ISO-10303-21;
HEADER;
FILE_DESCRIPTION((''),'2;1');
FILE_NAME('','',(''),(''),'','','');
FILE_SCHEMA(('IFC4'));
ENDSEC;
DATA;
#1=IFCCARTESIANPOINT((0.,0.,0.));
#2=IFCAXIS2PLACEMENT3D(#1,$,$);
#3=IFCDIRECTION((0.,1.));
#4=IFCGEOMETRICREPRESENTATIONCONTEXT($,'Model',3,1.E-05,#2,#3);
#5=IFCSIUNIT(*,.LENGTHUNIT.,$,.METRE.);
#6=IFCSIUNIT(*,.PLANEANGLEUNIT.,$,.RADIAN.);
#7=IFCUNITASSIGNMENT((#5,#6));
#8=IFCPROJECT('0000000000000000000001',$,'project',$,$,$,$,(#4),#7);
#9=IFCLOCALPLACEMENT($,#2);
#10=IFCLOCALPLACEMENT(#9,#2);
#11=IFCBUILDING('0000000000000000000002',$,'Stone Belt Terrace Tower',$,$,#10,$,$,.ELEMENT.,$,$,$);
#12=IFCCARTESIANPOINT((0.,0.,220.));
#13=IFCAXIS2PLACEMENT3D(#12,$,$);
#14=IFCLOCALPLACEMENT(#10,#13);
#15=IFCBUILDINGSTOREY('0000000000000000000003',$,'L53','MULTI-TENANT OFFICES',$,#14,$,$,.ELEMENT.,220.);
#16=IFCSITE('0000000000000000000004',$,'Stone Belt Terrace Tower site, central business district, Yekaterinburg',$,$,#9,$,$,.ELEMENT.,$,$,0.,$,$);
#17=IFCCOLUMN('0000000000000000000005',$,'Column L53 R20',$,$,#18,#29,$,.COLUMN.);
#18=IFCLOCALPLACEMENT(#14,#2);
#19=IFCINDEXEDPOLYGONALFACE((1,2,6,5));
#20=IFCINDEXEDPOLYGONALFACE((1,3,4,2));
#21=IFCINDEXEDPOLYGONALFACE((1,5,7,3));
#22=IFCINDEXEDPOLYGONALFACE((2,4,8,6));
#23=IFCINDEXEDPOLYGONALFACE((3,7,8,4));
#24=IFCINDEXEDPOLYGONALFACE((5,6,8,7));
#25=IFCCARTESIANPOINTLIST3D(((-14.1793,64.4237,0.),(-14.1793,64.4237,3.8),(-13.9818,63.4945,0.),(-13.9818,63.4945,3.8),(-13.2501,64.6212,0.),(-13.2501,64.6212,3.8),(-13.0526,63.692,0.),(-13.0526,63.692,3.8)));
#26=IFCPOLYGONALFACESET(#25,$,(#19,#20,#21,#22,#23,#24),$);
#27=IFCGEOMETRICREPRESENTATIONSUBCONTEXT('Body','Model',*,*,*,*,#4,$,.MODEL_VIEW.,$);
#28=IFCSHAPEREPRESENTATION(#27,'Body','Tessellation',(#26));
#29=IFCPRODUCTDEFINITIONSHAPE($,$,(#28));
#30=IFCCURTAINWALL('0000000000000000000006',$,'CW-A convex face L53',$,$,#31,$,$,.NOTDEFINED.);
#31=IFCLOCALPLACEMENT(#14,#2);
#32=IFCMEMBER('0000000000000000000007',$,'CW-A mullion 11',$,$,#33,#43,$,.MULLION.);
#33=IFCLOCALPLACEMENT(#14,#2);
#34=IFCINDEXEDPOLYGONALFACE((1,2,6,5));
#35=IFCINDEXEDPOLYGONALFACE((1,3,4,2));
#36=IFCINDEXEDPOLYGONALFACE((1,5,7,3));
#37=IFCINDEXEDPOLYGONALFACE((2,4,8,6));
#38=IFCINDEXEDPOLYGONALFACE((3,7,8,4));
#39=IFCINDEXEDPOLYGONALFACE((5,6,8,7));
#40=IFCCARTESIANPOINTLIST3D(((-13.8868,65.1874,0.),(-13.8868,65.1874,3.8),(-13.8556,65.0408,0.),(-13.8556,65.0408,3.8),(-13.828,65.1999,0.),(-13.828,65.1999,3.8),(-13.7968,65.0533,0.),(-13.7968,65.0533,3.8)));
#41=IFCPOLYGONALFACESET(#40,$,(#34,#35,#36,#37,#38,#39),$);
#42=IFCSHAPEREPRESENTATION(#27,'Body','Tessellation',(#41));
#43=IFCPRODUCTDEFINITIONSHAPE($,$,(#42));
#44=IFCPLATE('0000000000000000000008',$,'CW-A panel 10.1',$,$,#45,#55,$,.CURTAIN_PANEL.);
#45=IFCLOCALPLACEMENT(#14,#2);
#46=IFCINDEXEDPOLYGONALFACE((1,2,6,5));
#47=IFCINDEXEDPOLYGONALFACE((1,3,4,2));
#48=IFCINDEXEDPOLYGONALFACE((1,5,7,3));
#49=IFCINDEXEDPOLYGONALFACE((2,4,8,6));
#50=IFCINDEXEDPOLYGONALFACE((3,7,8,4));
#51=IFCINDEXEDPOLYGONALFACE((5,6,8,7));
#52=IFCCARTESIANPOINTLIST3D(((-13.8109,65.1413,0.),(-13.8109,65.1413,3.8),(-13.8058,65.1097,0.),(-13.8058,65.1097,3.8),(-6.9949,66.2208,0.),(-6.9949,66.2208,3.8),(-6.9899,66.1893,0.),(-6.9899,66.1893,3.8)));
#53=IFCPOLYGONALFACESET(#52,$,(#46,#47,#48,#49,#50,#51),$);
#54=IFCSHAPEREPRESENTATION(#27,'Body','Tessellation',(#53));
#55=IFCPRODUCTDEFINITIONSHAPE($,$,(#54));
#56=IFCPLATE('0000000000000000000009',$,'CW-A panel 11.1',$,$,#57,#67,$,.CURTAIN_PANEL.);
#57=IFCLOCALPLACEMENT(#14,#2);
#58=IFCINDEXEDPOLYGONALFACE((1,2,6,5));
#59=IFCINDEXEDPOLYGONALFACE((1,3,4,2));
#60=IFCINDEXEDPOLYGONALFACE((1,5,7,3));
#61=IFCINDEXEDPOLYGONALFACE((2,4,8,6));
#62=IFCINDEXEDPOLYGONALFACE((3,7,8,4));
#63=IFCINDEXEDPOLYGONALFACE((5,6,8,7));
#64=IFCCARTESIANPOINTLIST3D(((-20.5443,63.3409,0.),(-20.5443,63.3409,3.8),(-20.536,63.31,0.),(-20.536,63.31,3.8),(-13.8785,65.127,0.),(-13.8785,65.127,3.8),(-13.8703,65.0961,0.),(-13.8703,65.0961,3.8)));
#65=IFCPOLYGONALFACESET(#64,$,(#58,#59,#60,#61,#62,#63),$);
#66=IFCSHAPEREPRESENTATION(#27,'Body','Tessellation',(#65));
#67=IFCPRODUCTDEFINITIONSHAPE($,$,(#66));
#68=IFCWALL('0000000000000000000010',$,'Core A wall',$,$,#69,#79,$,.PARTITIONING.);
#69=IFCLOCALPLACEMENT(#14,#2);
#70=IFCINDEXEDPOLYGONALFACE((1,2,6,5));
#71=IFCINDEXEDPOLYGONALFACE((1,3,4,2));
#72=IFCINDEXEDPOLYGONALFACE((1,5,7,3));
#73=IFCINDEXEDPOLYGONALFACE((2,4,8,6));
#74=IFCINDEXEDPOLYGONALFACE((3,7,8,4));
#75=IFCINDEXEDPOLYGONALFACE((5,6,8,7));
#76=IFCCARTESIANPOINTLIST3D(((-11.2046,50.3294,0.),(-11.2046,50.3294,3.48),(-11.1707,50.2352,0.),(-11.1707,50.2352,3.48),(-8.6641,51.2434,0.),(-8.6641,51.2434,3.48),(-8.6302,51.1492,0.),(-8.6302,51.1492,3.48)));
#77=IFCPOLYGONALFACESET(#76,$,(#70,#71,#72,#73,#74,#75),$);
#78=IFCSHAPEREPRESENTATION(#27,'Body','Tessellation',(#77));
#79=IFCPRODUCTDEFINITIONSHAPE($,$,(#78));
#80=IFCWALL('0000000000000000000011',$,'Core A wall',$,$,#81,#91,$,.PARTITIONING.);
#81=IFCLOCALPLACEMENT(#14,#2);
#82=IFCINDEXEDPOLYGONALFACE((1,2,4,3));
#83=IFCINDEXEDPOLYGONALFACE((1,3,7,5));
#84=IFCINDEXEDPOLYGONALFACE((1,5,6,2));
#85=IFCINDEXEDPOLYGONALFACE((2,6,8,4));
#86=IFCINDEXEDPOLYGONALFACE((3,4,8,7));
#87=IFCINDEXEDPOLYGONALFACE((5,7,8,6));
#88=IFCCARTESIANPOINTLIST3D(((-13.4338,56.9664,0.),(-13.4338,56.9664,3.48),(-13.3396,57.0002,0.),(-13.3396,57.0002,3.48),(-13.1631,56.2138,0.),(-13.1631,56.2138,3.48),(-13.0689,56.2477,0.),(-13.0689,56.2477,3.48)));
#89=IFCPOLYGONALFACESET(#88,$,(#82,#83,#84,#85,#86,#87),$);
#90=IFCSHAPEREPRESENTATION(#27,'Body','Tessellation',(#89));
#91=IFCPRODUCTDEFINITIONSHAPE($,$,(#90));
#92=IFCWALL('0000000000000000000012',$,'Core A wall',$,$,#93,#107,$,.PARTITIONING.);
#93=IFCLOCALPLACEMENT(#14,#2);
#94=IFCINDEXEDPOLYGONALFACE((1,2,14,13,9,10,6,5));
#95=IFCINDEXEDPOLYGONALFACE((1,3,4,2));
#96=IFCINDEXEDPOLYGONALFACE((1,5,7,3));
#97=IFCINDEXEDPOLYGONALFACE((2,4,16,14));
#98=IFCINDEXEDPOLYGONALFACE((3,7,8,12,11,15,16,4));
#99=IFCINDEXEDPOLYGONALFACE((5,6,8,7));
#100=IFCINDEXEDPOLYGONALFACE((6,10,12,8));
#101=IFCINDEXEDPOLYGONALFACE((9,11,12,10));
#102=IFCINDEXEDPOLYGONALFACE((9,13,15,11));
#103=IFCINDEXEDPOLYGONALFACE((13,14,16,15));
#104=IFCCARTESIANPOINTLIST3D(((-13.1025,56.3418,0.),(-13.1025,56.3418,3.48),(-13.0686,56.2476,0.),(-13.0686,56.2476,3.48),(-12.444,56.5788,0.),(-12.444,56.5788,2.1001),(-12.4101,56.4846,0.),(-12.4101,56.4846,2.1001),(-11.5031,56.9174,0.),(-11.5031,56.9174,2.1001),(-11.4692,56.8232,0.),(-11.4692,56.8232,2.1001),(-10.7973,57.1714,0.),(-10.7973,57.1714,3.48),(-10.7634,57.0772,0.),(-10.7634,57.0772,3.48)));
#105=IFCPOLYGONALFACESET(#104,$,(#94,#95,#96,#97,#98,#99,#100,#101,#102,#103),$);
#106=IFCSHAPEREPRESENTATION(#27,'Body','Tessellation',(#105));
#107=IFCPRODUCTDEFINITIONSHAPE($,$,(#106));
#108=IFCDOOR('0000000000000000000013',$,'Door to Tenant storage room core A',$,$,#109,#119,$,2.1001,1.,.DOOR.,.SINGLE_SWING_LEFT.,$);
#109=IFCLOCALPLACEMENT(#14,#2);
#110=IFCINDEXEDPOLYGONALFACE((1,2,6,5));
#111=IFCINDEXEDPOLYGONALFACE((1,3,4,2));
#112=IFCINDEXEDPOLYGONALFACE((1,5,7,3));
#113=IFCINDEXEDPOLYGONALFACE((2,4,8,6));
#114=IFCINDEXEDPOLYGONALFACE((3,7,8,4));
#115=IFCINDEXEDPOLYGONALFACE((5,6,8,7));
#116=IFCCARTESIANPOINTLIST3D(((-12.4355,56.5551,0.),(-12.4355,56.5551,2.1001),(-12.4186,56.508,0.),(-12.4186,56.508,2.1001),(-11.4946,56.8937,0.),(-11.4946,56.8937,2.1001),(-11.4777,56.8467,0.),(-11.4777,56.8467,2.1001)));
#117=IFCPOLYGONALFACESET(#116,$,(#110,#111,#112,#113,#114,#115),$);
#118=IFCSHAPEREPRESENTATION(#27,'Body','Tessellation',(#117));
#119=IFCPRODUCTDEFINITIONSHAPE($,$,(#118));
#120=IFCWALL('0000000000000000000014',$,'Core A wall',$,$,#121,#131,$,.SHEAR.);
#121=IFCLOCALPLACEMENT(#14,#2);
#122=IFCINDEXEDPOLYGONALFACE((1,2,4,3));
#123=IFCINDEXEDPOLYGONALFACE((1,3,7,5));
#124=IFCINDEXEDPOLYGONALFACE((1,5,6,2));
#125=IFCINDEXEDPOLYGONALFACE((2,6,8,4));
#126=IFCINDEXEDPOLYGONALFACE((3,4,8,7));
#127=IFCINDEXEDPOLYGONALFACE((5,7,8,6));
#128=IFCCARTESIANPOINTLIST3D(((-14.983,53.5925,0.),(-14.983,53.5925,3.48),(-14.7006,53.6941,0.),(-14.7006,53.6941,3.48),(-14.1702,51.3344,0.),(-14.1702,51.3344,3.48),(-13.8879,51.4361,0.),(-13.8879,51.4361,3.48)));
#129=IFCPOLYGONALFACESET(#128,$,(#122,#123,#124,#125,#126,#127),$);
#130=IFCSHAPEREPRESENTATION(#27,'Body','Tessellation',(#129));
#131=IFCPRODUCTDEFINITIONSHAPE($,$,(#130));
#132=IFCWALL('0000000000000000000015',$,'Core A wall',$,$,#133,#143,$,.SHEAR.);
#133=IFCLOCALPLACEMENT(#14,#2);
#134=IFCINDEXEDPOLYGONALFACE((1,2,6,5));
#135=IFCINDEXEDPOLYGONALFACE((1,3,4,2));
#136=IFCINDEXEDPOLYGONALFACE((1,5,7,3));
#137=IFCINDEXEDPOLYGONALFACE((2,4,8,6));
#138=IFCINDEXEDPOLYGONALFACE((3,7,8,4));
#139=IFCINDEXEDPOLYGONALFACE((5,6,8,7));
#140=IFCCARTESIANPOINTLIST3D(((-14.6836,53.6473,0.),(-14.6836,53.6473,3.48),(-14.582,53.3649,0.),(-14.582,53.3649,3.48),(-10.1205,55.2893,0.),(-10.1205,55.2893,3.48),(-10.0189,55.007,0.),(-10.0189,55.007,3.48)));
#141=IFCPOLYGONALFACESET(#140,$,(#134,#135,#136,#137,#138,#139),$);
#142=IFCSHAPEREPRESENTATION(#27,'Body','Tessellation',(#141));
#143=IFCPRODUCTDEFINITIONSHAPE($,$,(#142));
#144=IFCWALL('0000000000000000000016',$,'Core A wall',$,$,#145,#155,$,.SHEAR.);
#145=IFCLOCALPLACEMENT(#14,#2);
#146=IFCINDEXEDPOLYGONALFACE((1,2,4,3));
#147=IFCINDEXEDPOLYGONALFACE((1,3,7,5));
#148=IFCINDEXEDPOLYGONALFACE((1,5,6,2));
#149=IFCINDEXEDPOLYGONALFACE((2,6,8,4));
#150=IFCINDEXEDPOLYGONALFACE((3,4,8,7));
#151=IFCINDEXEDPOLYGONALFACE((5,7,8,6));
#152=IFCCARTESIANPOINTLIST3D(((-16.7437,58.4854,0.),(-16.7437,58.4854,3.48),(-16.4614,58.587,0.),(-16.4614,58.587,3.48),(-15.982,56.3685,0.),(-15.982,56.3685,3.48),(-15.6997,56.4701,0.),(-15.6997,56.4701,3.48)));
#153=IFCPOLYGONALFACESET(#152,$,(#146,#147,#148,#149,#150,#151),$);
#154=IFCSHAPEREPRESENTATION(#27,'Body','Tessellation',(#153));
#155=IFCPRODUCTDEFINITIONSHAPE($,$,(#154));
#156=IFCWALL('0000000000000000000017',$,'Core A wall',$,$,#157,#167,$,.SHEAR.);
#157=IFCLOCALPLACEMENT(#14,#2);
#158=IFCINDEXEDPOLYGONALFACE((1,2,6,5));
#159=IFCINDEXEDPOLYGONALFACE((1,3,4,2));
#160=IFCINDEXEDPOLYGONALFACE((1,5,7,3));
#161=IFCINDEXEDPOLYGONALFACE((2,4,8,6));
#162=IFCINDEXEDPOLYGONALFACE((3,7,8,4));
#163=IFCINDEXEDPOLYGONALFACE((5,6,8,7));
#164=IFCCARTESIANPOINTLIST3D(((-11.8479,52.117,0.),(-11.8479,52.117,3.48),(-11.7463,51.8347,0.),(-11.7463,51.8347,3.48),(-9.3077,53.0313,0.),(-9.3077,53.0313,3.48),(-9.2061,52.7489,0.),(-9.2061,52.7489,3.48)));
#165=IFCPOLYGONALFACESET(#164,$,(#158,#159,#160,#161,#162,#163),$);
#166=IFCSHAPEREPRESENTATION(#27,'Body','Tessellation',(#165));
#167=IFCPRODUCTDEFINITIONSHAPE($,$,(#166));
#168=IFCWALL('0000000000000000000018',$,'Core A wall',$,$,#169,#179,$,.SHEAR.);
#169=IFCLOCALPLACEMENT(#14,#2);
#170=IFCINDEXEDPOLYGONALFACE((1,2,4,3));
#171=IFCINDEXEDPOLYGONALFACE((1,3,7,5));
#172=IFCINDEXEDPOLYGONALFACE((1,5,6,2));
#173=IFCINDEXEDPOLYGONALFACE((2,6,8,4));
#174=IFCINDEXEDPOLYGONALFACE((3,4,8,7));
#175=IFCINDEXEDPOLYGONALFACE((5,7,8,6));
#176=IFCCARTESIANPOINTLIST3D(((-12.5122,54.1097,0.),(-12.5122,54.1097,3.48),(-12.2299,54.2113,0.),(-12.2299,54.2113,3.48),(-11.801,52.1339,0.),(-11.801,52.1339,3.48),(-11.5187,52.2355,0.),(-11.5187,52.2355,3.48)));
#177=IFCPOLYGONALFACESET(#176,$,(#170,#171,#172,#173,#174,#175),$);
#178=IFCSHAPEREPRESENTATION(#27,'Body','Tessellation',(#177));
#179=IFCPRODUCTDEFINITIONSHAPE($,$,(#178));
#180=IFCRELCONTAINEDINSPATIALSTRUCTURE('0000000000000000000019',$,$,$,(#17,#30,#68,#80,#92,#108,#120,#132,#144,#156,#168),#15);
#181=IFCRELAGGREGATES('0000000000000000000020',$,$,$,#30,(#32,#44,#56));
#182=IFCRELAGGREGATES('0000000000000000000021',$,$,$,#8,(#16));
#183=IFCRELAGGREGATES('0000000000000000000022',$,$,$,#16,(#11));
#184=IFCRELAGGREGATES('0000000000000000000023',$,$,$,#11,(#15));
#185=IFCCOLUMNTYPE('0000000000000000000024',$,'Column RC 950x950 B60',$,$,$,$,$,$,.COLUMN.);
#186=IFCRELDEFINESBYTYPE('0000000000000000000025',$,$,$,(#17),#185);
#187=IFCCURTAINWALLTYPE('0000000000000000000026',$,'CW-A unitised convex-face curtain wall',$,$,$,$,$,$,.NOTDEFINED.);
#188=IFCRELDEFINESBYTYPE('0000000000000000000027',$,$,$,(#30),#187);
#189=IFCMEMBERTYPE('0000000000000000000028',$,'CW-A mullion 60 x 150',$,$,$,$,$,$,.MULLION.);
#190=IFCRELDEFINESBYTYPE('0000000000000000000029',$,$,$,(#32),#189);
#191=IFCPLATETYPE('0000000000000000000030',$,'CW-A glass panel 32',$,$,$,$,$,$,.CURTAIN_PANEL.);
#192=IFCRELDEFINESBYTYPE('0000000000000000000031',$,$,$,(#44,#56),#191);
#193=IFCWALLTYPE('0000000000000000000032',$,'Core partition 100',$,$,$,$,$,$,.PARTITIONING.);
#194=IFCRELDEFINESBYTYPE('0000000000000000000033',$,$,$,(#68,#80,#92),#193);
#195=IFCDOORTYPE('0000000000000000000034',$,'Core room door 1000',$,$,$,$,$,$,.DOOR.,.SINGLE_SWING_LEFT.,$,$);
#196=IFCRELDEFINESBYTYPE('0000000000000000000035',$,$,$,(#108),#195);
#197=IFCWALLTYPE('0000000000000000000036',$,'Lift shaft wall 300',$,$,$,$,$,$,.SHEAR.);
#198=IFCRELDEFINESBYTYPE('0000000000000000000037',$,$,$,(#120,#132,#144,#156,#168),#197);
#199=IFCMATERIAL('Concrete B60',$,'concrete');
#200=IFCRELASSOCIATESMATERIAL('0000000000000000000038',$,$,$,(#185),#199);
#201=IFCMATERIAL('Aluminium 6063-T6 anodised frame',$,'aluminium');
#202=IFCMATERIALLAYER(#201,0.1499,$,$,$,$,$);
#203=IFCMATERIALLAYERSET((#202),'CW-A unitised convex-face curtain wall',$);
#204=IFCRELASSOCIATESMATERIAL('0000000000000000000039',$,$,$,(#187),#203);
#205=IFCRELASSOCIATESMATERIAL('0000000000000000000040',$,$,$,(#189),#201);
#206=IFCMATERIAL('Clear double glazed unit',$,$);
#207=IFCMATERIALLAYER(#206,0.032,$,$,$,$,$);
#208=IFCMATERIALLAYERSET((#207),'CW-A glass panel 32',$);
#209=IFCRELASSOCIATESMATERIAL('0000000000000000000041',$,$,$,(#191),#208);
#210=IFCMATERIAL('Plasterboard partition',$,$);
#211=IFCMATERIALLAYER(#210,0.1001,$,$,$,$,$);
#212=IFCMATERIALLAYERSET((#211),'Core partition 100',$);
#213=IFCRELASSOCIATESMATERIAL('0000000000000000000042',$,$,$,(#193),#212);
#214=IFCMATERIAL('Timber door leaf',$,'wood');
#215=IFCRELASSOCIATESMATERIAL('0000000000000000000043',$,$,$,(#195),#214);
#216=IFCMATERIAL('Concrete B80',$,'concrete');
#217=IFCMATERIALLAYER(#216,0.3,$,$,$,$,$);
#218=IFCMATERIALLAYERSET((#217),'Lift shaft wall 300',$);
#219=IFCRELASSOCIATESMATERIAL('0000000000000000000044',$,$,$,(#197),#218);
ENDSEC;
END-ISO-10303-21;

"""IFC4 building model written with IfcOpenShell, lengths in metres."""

from ifc_helpers import new_model, si_unit, direction, frame, frame_2d, origin, origin_2d, place, context, subcontext, project, spatial, rectangle, extrude, material, layer, layer_set, material_profile, profile_set, type_object, element, fill, aggregate, save


model = new_model("IFC4")

# Units and contexts
model_context = context("Model", 3, precision=1e-05, world=origin(), true_north=direction((0.0, 1.0)))
body_context = subcontext(model_context, "Body", "Model", "MODEL_VIEW")
ifc_project = project(units=[si_unit("LENGTHUNIT", "METRE"), si_unit("PLANEANGLEUNIT", "RADIAN")], contexts=[model_context])

# Site, building, storey
site_placement = place(None, origin())
site = spatial("IfcSite", under=ifc_project, at=site_placement, Name="Stone Belt Terrace Tower site, central business district, Yekaterinburg", CompositionType="ELEMENT", RefElevation=0.0)
building_placement = place(site_placement, origin())
building = spatial("IfcBuilding", under=site, at=building_placement, Name="Stone Belt Terrace Tower", CompositionType="ELEMENT")
storey_placement = place(building_placement, frame((0.0, 0.0, 220.0)))
storey = spatial("IfcBuildingStorey", under=building, at=storey_placement, Name="L53", Description="MULTI-TENANT OFFICES", CompositionType="ELEMENT", Elevation=220.0)

# Column
ifc_material_1 = material(Name="Concrete B60", Category="concrete")
ifc_material_profile_1 = material_profile(ifc_material_1, rectangle(XDim=0.95, YDim=0.95, at=origin_2d()), Name="RC 950x950")
ifc_profile_set_1 = profile_set([ifc_material_profile_1], Name="Concrete B60")
column_type = type_object("IfcColumnType", Name="Column RC 950x950 B60", PredefinedType="COLUMN", material=ifc_profile_set_1)
column_placement = place(storey_placement, frame((-13.616, 64.0579, 0.0), z_axis=(0.0, 0.0, 1.0), x_axis=(0.978148, 0.207912, 0.0)))
element("IfcColumn", 1, at=column_placement, inside=storey, type_object=column_type, Name="Column L53 R20", PredefinedType="COLUMN", context=body_context, shape_type="SweptSolid", body=[
    extrude(rectangle(XDim=0.95, YDim=0.95, at=origin_2d()), origin(), (0.0, 0.0, 1.0), 3.8),
])

# Curtain wall, member, plates
ifc_material_2 = material(Name="Aluminium 6063-T6 anodised frame", Category="aluminium")
ifc_layer_1 = layer(ifc_material_2, 0.1499)
ifc_layer_set_1 = layer_set([ifc_layer_1], Name="CW-A unitised convex-face curtain wall")
curtain_wall_type = type_object("IfcCurtainWallType", Name="CW-A unitised convex-face curtain wall", PredefinedType="NOTDEFINED", material=ifc_layer_set_1)
curtain_wall_placement = place(storey_placement, origin())
curtain_wall = element("IfcCurtainWall", 2, at=curtain_wall_placement, inside=storey, type_object=curtain_wall_type, Name="CW-A convex face L53", PredefinedType="NOTDEFINED")
ifc_material_profile_2 = material_profile(ifc_material_2, rectangle(XDim=0.1499, YDim=0.0601, at=origin_2d()), Name="Aluminium 6063-T6 60x150")
ifc_profile_set_2 = profile_set([ifc_material_profile_2], Name="Aluminium 6063-T6 anodised frame")
member_type = type_object("IfcMemberType", Name="CW-A mullion 60 x 150", PredefinedType="MULLION", material=ifc_profile_set_2)
member_placement = place(storey_placement, frame((-13.8418, 65.1204, 0.0), z_axis=(0.0, 0.0, 1.0), x_axis=(0.207912, -0.978148, 0.0)))
member = element("IfcMember", 3, at=member_placement, type_object=member_type, Name="CW-A mullion 11", PredefinedType="MULLION", context=body_context, shape_type="SweptSolid", body=[
    extrude(rectangle(XDim=0.1499, YDim=0.0601, at=origin_2d()), origin(), (0.0, 0.0, 1.0), 3.8),
])
ifc_material_3 = material(Name="Clear double glazed unit")
ifc_layer_2 = layer(ifc_material_3, 0.032)
ifc_layer_set_2 = layer_set([ifc_layer_2], Name="CW-A glass panel 32")
plate_type = type_object("IfcPlateType", Name="CW-A glass panel 32", PredefinedType="CURTAIN_PANEL", material=ifc_layer_set_2)
plate_1_placement = place(storey_placement, frame((-10.4004, 65.6653, 0.0), z_axis=(0.0, 0.0, 1.0), x_axis=(-0.987688, -0.156434, 0.0)))
plate_1 = element("IfcPlate", 4, at=plate_1_placement, type_object=plate_type, Name="CW-A panel 10.1", PredefinedType="CURTAIN_PANEL", context=body_context, shape_type="SweptSolid", body=[
    extrude(rectangle(XDim=6.9009, YDim=0.032, at=origin_2d()), origin(), (0.0, 0.0, 1.0), 3.8),
])
plate_2_placement = place(storey_placement, frame((-17.2073, 64.2185, 0.0), z_axis=(0.0, 0.0, 1.0), x_axis=(-0.965926, -0.258819, 0.0)))
plate_2 = element("IfcPlate", 5, at=plate_2_placement, type_object=plate_type, Name="CW-A panel 11.1", PredefinedType="CURTAIN_PANEL", context=body_context, shape_type="SweptSolid", body=[
    extrude(rectangle(XDim=6.9009, YDim=0.032, at=origin_2d()), origin(), (0.0, 0.0, 1.0), 3.8),
])
aggregate(curtain_wall, [member, plate_1, plate_2])

# Walls
ifc_material_4 = material(Name="Plasterboard partition")
ifc_layer_3 = layer(ifc_material_4, 0.1001)
ifc_layer_set_3 = layer_set([ifc_layer_3], Name="Core partition 100")
wall_type_1 = type_object("IfcWallType", Name="Core partition 100", PredefinedType="PARTITIONING", material=ifc_layer_set_3)
wall_1_placement = place(storey_placement, frame((-11.1877, 50.2822, 0.0), z_axis=(0.0, 0.0, 1.0), x_axis=(0.94095, 0.338547, 0.0)))
element("IfcWall", 6, at=wall_1_placement, inside=storey, type_object=wall_type_1, Name="Core A wall", PredefinedType="PARTITIONING", context=body_context, shape_type="SweptSolid", body=[
    extrude(rectangle(XDim=2.7, YDim=0.1001, at=frame_2d((1.3501, 0.0))), origin(), (0.0, 0.0, 1.0), 3.48),
])
wall_2_placement = place(storey_placement, frame((-13.116, 56.2307, 0.0), z_axis=(0.0, 0.0, 1.0), x_axis=(-0.338482, 0.940973, 0.0)))
element("IfcWall", 7, at=wall_2_placement, inside=storey, type_object=wall_type_1, Name="Core A wall", PredefinedType="PARTITIONING", context=body_context, shape_type="SweptSolid", body=[
    extrude(rectangle(XDim=0.7998, YDim=0.1001, at=frame_2d((0.3999, 0.0))), origin(), (0.0, 0.0, 1.0), 3.48),
])

# Wall, opening, door
wall_3_placement = place(storey_placement, frame((-13.0857, 56.2947, 0.0), z_axis=(0.0, 0.0, 1.0), x_axis=(0.940923, 0.338621, 0.0)))
wall_3 = element("IfcWall", 8, at=wall_3_placement, inside=storey, type_object=wall_type_1, Name="Core A wall", PredefinedType="PARTITIONING", context=body_context, shape_type="SweptSolid", body=[
    extrude(rectangle(XDim=2.45, YDim=0.1001, at=frame_2d((1.2251, 0.0))), origin(), (0.0, 0.0, 1.0), 3.48),
])
opening_1_placement = place(wall_3_placement, frame((0.7, 0.0, 0.0)))
opening_1 = element("IfcOpeningElement", 9, at=opening_1_placement, cuts=wall_3, PredefinedType="OPENING", context=body_context, shape_type="SweptSolid", body=[
    extrude(rectangle(XDim=1.0, YDim=2.1001, at=frame_2d((0.5, 1.05))), frame((0.0, 0.0601, 0.0), z_axis=(0.0, -1.0, 0.0), x_axis=(1.0, 0.0, 0.0)), (0.0, 0.0, 1.0), 0.1201),
])
ifc_material_5 = material(Name="Timber door leaf", Category="wood")
door_type_1 = type_object("IfcDoorType", Name="Core room door 1000", OperationType="SINGLE_SWING_LEFT", PredefinedType="DOOR", material=ifc_material_5)
door_1_placement = place(opening_1_placement, origin())
door_1 = element("IfcDoor", 10, at=door_1_placement, inside=storey, type_object=door_type_1, Name="Door to Tenant storage room core A", OperationType="SINGLE_SWING_LEFT", OverallHeight=2.1001, OverallWidth=1.0, PredefinedType="DOOR", context=body_context, shape_type="SweptSolid", body=[
    extrude(rectangle(XDim=1.0, YDim=2.1001, at=frame_2d((0.5, 1.05))), frame((0.0, 0.0249, 0.0), z_axis=(0.0, -1.0, 0.0), x_axis=(1.0, 0.0, 0.0)), (0.0, 0.0, 1.0), 0.05),
])
fill(opening_1, door_1)

# Walls
ifc_material_6 = material(Name="Concrete B80", Category="concrete")
ifc_layer_4 = layer(ifc_material_6, 0.3)
ifc_layer_set_4 = layer_set([ifc_layer_4], Name="Lift shaft wall 300")
wall_type_2 = type_object("IfcWallType", Name="Lift shaft wall 300", PredefinedType="SHEAR", material=ifc_layer_set_4)
wall_4_placement = place(storey_placement, frame((-14.0291, 51.3853, 0.0), z_axis=(0.0, 0.0, 1.0), x_axis=(-0.338662, 0.940908, 0.0)))
element("IfcWall", 11, at=wall_4_placement, inside=storey, type_object=wall_type_2, Name="Core A wall", PredefinedType="SHEAR", context=body_context, shape_type="SweptSolid", body=[
    extrude(rectangle(XDim=2.3999, YDim=0.3, at=frame_2d((1.2, 0.0))), origin(), (0.0, 0.0, 1.0), 3.48),
])
wall_5_placement = place(storey_placement, frame((-14.6328, 53.5061, 0.0), z_axis=(0.0, 0.0, 1.0), x_axis=(0.940932, 0.338596, 0.0)))
element("IfcWall", 12, at=wall_5_placement, inside=storey, type_object=wall_type_2, Name="Core A wall", PredefinedType="SHEAR", context=body_context, shape_type="SweptSolid", body=[
    extrude(rectangle(XDim=4.8496, YDim=0.3, at=frame_2d((2.4248, 0.0))), origin(), (0.0, 0.0, 1.0), 3.48),
])
wall_6_placement = place(storey_placement, frame((-15.8408, 56.4192, 0.0), z_axis=(0.0, 0.0, 1.0), x_axis=(-0.33857, 0.940941, 0.0)))
element("IfcWall", 13, at=wall_6_placement, inside=storey, type_object=wall_type_2, Name="Core A wall", PredefinedType="SHEAR", context=body_context, shape_type="SweptSolid", body=[
    extrude(rectangle(XDim=2.2498, YDim=0.3, at=frame_2d((1.125, 0.0))), origin(), (0.0, 0.0, 1.0), 3.48),
])
wall_7_placement = place(storey_placement, frame((-11.7971, 51.9758, 0.0), z_axis=(0.0, 0.0, 1.0), x_axis=(0.94091, 0.338655, 0.0)))
element("IfcWall", 14, at=wall_7_placement, inside=storey, type_object=wall_type_2, Name="Core A wall", PredefinedType="SHEAR", context=body_context, shape_type="SweptSolid", body=[
    extrude(rectangle(XDim=2.6997, YDim=0.3, at=frame_2d((1.3499, 0.0))), origin(), (0.0, 0.0, 1.0), 3.48),
])
wall_8_placement = place(storey_placement, frame((-11.6599, 52.1848, 0.0), z_axis=(0.0, 0.0, 1.0), x_axis=(-0.33867, 0.940905, 0.0)))
element("IfcWall", 15, at=wall_8_placement, inside=storey, type_object=wall_type_2, Name="Core A wall", PredefinedType="SHEAR", context=body_context, shape_type="SweptSolid", body=[
    extrude(rectangle(XDim=2.0999, YDim=0.3, at=frame_2d((1.0498, 0.0))), origin(), (0.0, 0.0, 1.0), 3.48),
])

save(model, "model.ifc")
